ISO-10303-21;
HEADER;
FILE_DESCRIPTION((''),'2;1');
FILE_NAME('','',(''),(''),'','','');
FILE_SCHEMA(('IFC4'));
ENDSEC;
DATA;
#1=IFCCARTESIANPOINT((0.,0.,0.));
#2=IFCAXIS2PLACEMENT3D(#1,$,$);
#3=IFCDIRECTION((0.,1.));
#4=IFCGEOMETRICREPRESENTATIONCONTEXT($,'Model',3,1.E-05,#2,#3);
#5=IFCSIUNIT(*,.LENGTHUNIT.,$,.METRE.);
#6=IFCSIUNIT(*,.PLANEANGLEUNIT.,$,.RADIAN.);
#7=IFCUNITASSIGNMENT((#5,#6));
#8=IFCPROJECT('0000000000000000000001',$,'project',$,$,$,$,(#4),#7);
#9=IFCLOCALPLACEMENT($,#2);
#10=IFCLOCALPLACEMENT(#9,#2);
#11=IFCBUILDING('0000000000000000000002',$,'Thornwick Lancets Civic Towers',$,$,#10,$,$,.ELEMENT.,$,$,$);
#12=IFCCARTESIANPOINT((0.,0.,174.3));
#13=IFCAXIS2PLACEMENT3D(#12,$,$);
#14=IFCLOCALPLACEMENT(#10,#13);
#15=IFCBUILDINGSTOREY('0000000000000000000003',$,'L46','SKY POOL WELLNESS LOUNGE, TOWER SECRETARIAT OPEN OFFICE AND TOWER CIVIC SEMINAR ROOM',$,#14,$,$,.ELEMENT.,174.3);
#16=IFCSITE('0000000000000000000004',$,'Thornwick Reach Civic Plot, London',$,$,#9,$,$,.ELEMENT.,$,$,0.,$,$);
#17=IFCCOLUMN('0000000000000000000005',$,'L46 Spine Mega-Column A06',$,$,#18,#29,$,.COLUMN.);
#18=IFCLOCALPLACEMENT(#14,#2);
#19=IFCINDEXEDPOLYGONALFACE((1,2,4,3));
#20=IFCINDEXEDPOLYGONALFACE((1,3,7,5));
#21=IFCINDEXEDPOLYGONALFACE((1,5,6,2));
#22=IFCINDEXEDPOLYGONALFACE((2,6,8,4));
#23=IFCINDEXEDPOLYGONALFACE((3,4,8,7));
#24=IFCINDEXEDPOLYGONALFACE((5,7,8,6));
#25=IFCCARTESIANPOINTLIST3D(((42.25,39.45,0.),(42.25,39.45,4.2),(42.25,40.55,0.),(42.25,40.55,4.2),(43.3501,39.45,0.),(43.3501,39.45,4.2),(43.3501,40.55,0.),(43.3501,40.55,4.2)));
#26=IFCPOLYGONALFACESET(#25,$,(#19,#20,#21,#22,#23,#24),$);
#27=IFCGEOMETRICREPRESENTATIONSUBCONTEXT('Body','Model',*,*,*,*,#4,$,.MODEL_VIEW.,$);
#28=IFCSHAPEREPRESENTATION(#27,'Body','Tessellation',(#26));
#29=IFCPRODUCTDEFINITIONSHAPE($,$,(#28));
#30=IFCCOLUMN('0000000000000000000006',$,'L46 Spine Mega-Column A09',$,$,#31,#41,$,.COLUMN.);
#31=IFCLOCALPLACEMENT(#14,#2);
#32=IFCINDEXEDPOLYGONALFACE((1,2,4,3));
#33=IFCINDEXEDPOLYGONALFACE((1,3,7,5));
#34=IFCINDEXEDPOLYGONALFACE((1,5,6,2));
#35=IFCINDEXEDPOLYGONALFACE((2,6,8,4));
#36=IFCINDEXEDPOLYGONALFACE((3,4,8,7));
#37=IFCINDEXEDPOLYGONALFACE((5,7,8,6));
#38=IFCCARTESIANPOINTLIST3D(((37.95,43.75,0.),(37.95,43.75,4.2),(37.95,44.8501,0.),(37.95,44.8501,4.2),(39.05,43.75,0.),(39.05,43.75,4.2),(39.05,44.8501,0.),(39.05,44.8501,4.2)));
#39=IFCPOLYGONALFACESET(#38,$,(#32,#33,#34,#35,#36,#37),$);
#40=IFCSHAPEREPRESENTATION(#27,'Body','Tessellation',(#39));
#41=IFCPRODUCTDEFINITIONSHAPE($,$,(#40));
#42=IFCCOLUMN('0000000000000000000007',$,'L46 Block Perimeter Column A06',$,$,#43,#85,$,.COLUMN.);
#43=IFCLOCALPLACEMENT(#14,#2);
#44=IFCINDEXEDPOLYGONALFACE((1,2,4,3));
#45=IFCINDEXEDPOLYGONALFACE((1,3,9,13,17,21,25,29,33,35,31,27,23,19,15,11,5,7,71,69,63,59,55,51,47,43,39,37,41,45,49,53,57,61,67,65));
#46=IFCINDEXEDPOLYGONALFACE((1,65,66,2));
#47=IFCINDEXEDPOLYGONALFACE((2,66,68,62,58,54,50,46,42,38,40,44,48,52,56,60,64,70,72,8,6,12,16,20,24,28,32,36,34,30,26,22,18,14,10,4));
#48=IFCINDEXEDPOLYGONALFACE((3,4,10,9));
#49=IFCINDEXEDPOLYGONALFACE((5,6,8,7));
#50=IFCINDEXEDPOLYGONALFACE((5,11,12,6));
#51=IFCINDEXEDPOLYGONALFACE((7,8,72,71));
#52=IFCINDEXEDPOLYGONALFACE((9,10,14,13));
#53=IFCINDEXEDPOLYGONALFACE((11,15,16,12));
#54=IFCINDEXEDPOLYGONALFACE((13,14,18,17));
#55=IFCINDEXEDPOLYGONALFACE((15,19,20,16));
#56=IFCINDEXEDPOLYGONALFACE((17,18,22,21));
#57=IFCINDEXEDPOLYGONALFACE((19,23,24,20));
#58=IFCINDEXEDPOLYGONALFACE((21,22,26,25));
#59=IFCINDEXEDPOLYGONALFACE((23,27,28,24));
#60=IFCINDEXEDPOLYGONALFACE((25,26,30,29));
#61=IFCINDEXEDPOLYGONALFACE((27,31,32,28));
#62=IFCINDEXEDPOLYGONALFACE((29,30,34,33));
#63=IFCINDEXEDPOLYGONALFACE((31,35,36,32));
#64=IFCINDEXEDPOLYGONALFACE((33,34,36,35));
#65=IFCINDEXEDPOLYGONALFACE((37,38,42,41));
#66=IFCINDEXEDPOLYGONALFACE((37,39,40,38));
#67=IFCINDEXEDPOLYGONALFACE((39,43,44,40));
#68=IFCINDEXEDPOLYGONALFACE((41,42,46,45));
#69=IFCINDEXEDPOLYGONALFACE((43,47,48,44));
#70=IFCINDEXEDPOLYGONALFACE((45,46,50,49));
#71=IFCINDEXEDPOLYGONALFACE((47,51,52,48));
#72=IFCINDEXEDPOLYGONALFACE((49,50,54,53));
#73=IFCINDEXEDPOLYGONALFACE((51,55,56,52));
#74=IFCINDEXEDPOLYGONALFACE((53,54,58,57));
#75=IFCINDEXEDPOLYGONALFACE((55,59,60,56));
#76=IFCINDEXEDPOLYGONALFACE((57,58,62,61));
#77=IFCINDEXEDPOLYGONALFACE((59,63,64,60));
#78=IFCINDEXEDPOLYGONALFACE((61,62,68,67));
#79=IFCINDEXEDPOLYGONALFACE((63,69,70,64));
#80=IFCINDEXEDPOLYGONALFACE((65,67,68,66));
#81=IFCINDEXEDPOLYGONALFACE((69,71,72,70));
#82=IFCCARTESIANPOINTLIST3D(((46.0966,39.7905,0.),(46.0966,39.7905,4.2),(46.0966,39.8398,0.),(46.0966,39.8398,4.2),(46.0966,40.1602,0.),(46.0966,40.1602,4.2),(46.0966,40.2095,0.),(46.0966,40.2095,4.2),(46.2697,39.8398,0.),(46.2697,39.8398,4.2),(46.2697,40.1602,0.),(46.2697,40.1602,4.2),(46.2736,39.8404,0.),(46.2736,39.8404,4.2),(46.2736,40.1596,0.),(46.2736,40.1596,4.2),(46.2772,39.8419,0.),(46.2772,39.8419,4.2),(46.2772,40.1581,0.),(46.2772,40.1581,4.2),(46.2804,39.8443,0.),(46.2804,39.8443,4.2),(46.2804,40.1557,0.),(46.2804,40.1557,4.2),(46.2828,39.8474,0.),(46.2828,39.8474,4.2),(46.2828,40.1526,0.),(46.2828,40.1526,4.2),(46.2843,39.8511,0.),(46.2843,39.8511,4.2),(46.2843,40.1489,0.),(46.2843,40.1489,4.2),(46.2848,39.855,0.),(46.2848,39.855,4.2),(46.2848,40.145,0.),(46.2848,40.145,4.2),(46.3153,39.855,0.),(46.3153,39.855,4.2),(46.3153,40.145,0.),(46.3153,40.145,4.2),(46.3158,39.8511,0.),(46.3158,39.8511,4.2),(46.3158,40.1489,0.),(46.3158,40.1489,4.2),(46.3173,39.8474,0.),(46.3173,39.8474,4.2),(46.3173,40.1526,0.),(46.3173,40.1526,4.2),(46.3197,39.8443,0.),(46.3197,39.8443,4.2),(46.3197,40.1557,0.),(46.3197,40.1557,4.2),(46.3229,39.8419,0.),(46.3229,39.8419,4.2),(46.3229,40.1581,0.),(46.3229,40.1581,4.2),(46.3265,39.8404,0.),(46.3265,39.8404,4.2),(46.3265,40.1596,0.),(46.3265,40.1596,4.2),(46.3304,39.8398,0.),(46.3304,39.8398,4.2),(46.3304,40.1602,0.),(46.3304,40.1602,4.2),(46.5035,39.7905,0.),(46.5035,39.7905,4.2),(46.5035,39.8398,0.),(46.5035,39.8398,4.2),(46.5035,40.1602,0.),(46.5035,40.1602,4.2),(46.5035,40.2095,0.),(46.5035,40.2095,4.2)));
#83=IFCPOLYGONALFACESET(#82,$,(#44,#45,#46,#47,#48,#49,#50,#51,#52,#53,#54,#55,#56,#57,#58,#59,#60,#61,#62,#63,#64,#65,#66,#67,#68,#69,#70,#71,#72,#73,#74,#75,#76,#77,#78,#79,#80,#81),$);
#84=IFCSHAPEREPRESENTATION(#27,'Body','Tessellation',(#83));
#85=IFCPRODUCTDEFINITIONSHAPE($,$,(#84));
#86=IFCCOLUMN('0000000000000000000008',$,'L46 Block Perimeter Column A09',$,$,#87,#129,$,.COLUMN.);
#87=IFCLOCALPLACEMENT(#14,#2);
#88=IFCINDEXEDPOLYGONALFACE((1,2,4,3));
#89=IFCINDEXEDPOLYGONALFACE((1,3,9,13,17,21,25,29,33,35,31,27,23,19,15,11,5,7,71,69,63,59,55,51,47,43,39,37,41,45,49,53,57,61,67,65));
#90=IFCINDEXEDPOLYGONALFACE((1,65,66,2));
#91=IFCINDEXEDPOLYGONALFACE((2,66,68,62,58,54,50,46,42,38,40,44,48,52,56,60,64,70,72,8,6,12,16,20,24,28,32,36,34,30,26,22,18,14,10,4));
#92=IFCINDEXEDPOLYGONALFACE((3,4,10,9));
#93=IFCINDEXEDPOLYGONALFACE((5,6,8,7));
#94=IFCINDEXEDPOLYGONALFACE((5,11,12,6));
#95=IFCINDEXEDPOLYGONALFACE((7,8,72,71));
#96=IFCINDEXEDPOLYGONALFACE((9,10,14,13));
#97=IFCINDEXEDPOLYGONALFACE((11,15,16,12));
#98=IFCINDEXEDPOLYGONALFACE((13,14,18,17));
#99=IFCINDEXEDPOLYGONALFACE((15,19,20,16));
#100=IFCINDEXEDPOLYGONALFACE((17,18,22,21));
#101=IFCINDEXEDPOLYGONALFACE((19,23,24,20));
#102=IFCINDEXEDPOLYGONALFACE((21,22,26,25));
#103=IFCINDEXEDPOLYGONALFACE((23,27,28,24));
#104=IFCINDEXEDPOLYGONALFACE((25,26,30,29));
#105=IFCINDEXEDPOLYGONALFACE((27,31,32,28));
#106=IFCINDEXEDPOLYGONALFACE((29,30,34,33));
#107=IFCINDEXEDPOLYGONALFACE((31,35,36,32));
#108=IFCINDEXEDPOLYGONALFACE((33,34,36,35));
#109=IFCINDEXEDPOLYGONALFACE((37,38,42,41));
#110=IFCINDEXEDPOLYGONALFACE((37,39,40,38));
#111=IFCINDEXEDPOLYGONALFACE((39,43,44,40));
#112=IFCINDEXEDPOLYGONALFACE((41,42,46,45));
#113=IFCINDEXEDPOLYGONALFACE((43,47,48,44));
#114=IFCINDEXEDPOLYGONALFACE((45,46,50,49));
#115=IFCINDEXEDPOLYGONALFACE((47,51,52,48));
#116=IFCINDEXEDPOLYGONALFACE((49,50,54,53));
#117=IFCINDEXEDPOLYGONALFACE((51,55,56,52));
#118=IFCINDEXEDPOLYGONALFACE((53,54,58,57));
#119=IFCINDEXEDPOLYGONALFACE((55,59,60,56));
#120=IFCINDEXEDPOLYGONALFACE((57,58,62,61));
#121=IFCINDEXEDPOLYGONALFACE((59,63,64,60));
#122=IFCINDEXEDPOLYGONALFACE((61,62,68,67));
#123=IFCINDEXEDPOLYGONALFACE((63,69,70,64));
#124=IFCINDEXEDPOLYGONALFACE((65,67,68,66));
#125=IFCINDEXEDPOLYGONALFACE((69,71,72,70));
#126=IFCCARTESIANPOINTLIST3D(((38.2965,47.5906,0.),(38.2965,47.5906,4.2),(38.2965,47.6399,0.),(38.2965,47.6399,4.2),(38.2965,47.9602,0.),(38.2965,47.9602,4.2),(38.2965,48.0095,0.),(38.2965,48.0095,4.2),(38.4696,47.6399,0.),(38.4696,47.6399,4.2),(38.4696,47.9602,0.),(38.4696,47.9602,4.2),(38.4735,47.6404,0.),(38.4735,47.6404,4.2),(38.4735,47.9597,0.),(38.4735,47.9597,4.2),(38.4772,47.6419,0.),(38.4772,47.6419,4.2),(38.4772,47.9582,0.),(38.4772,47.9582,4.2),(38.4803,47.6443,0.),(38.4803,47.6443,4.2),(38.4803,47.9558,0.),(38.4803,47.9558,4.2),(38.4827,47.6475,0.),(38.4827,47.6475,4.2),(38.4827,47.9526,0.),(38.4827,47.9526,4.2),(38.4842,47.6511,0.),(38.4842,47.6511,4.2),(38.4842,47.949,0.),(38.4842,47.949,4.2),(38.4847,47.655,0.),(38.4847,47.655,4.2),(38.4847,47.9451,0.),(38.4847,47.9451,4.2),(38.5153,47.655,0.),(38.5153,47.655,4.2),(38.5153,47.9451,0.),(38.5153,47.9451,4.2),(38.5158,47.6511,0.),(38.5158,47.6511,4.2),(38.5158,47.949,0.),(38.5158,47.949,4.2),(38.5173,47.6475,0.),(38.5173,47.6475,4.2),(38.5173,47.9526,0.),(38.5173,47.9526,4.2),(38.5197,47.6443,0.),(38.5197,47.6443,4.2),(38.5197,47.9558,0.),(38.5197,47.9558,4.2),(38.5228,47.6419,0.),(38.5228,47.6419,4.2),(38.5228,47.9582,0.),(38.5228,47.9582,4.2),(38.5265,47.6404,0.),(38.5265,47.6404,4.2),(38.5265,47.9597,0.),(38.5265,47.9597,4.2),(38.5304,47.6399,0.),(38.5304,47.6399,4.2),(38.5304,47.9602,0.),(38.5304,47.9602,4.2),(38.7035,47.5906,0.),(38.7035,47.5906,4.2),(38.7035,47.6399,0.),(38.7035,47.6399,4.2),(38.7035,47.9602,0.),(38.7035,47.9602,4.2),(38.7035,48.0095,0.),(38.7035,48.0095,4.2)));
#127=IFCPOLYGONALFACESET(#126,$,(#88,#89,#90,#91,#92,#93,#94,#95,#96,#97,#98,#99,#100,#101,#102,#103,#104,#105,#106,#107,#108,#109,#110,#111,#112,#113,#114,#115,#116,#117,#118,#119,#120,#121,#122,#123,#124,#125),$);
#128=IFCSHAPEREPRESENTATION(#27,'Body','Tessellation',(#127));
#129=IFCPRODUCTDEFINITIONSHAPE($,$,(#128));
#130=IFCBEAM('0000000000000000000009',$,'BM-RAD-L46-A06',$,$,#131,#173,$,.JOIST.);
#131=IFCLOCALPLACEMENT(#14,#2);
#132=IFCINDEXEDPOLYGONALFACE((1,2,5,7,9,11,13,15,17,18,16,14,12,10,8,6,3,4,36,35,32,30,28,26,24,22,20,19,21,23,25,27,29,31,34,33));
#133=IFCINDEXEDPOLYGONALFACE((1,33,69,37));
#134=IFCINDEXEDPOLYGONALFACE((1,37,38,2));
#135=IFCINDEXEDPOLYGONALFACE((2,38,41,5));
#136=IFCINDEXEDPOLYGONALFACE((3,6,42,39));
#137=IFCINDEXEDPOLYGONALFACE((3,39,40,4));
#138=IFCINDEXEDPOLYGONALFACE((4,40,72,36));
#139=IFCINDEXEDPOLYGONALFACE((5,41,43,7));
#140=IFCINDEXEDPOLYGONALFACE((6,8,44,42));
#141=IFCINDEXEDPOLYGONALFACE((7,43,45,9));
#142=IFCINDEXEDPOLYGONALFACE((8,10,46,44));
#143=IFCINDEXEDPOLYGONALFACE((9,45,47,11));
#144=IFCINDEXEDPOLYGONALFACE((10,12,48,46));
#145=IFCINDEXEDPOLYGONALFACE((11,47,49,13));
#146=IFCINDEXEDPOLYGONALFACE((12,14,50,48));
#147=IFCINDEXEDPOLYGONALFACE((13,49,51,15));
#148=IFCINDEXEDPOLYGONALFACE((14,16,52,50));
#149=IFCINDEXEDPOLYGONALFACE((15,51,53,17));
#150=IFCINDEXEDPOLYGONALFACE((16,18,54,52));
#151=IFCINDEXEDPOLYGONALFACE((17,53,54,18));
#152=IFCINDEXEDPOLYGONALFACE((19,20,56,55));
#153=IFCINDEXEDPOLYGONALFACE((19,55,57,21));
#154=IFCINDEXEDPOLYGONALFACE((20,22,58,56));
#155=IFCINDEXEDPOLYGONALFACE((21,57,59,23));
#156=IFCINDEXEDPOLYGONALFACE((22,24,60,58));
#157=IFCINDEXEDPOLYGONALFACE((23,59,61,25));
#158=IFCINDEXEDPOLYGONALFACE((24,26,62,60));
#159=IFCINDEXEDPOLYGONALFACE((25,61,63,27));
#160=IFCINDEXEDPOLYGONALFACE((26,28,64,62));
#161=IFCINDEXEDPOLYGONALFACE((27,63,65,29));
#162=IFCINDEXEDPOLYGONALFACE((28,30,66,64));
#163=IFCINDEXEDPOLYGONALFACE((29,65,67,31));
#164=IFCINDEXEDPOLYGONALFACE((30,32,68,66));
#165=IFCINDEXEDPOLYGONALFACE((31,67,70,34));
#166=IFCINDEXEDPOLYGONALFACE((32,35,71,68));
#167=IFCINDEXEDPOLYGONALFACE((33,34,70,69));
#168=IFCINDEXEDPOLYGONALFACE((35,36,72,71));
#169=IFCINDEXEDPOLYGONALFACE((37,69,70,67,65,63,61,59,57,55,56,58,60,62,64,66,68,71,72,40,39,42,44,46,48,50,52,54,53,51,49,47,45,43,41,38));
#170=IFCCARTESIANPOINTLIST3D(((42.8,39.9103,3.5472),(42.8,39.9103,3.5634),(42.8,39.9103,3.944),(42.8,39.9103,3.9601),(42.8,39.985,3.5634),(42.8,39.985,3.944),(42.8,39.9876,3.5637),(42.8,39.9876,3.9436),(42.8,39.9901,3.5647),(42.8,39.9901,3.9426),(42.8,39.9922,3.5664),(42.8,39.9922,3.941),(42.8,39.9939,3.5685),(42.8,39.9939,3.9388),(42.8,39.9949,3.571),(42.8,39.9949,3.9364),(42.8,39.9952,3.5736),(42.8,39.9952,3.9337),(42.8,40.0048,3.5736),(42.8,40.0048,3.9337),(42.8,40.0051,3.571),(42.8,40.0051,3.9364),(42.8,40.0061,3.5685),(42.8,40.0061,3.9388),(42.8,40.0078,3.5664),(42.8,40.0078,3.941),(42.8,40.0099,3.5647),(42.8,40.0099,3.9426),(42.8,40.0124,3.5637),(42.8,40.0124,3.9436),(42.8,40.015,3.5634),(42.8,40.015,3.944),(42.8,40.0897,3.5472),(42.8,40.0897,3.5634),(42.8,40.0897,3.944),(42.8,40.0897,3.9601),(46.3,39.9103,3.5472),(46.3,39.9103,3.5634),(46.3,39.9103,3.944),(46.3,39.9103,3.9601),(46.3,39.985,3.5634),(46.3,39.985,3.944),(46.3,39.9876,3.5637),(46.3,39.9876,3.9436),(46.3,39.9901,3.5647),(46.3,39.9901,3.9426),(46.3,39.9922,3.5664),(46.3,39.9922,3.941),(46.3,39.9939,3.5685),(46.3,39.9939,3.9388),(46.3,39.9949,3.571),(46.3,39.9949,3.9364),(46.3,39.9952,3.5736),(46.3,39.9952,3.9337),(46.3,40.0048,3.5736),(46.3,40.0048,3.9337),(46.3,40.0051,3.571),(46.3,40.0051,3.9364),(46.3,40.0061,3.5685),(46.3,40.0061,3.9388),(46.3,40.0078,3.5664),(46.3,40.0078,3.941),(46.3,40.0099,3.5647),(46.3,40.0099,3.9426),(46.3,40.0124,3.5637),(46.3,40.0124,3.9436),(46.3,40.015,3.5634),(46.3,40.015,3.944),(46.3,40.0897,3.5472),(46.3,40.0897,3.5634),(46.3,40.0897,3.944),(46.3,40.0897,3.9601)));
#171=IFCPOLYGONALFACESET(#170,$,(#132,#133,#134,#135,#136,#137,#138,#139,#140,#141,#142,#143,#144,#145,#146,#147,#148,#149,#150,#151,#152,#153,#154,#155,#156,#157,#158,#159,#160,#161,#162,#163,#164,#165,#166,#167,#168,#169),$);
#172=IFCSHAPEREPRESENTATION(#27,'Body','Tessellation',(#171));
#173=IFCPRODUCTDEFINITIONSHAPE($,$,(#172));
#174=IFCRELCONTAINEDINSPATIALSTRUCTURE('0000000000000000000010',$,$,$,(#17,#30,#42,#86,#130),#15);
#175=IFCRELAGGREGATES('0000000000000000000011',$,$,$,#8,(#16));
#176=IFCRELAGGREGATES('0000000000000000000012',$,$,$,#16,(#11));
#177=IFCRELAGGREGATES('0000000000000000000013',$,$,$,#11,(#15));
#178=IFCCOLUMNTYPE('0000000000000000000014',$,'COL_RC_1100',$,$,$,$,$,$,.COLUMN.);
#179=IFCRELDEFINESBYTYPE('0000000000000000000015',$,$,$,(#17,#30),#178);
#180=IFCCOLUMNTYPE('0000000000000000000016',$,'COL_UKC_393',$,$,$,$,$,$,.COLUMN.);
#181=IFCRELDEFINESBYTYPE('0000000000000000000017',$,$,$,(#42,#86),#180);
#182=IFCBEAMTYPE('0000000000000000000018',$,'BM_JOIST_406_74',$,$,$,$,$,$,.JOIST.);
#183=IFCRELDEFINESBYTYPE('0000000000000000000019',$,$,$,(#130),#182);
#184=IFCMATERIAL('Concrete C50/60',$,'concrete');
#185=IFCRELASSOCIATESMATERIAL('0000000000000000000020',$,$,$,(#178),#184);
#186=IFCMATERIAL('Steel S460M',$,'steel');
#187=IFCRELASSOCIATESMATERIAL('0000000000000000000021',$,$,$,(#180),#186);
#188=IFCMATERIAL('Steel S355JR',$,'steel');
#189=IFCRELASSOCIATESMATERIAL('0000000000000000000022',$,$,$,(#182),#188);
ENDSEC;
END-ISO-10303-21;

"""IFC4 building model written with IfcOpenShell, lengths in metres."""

from ifc_helpers import new_model, si_unit, direction, frame, origin, origin_2d, place, context, subcontext, project, spatial, rectangle, i_section, extrude, material, material_profile, profile_set, type_object, element, save


model = new_model("IFC4")

# Units and contexts
model_context = context("Model", 3, precision=1e-05, world=origin(), true_north=direction((0.0, 1.0)))
body_context = subcontext(model_context, "Body", "Model", "MODEL_VIEW")
ifc_project = project(units=[si_unit("LENGTHUNIT", "METRE"), si_unit("PLANEANGLEUNIT", "RADIAN")], contexts=[model_context])

# Site, building, storey
site_placement = place(None, origin())
site = spatial("IfcSite", under=ifc_project, at=site_placement, Name="Thornwick Reach Civic Plot, London", CompositionType="ELEMENT", RefElevation=0.0)
building_placement = place(site_placement, origin())
building = spatial("IfcBuilding", under=site, at=building_placement, Name="Thornwick Lancets Civic Towers", CompositionType="ELEMENT")
storey_placement = place(building_placement, frame((0.0, 0.0, 174.3)))
storey = spatial("IfcBuildingStorey", under=building, at=storey_placement, Name="L46", Description="SKY POOL WELLNESS LOUNGE, TOWER SECRETARIAT OPEN OFFICE AND TOWER CIVIC SEMINAR ROOM", CompositionType="ELEMENT", Elevation=174.3)

# Columns
ifc_material_1 = material(Name="Concrete C50/60", Category="concrete")
ifc_material_profile_1 = material_profile(ifc_material_1, rectangle(XDim=1.1001, YDim=1.1001, at=origin_2d()), Name="RC 1100x1100")
ifc_profile_set_1 = profile_set([ifc_material_profile_1], Name="Concrete C50/60")
column_type_1 = type_object("IfcColumnType", Name="COL_RC_1100", PredefinedType="COLUMN", material=ifc_profile_set_1)
for number, where, z_axis, x_axis, name in (
    (1, (42.8, 40.0, 0.0), (0.0, 0.0, 1.0), (1.0, 0.0, 0.0), "L46 Spine Mega-Column A06"),
    (2, (38.5, 44.3, 0.0), (0.0, 0.0, 1.0), (1.0, 0.0, 0.0), "L46 Spine Mega-Column A09"),
):
    element("IfcColumn", number, at=place(storey_placement, frame(where, z_axis=z_axis, x_axis=x_axis)), inside=storey, type_object=column_type_1, Name=name, PredefinedType="COLUMN", context=body_context, shape_type="SweptSolid", body=[
        extrude(rectangle(XDim=1.1001, YDim=1.1001, at=origin_2d()), origin(), (0.0, 0.0, 1.0), 4.2),
    ])
ifc_material_2 = material(Name="Steel S460M", Category="steel")
ifc_material_profile_2 = material_profile(ifc_material_2, i_section(OverallWidth=0.407, OverallDepth=0.4189, WebThickness=0.0305, FlangeThickness=0.0493, FilletRadius=0.0151, at=origin_2d()), Name="UKC 356x406x393")
ifc_profile_set_2 = profile_set([ifc_material_profile_2], Name="Steel S460M")
column_type_2 = type_object("IfcColumnType", Name="COL_UKC_393", PredefinedType="COLUMN", material=ifc_profile_set_2)
for number, where, z_axis, x_axis, name in (
    (3, (46.3, 40.0, 0.0), (0.0, 0.0, 1.0), (1.0, 0.0, 0.0), "L46 Block Perimeter Column A06"),
    (4, (38.5, 47.8, 0.0), (0.0, 0.0, 1.0), (1.0, 0.0, 0.0), "L46 Block Perimeter Column A09"),
):
    element("IfcColumn", number, at=place(storey_placement, frame(where, z_axis=z_axis, x_axis=x_axis)), inside=storey, type_object=column_type_2, Name=name, PredefinedType="COLUMN", context=body_context, shape_type="SweptSolid", body=[
        extrude(i_section(OverallWidth=0.407, OverallDepth=0.4189, WebThickness=0.0305, FlangeThickness=0.0493, FilletRadius=0.0151, at=origin_2d()), origin(), (0.0, 0.0, 1.0), 4.2),
    ])

# Beam
ifc_material_3 = material(Name="Steel S355JR", Category="steel")
ifc_material_profile_3 = material_profile(ifc_material_3, i_section(OverallWidth=0.1794, OverallDepth=0.4128, WebThickness=0.0095, FlangeThickness=0.0161, FilletRadius=0.0103, at=origin_2d()), Name="UKB 406x178x74")
ifc_profile_set_3 = profile_set([ifc_material_profile_3], Name="Steel S355JR")
beam_type_1 = type_object("IfcBeamType", Name="BM_JOIST_406_74", PredefinedType="JOIST", material=ifc_profile_set_3)
for number, where, z_axis, x_axis, name in (
    (5, (42.8, 40.0, 3.7537), (1.0, 0.0, 0.0), (0.0, 1.0, 0.0), "BM-RAD-L46-A06"),
):
    element("IfcBeam", number, at=place(storey_placement, frame(where, z_axis=z_axis, x_axis=x_axis)), inside=storey, type_object=beam_type_1, Name=name, PredefinedType="JOIST", context=body_context, shape_type="SweptSolid", body=[
        extrude(i_section(OverallWidth=0.1794, OverallDepth=0.4128, WebThickness=0.0095, FlangeThickness=0.0161, FilletRadius=0.0103, at=origin_2d()), origin(), (0.0, 0.0, 1.0), 3.5),
    ])

save(model, "model.ifc")
